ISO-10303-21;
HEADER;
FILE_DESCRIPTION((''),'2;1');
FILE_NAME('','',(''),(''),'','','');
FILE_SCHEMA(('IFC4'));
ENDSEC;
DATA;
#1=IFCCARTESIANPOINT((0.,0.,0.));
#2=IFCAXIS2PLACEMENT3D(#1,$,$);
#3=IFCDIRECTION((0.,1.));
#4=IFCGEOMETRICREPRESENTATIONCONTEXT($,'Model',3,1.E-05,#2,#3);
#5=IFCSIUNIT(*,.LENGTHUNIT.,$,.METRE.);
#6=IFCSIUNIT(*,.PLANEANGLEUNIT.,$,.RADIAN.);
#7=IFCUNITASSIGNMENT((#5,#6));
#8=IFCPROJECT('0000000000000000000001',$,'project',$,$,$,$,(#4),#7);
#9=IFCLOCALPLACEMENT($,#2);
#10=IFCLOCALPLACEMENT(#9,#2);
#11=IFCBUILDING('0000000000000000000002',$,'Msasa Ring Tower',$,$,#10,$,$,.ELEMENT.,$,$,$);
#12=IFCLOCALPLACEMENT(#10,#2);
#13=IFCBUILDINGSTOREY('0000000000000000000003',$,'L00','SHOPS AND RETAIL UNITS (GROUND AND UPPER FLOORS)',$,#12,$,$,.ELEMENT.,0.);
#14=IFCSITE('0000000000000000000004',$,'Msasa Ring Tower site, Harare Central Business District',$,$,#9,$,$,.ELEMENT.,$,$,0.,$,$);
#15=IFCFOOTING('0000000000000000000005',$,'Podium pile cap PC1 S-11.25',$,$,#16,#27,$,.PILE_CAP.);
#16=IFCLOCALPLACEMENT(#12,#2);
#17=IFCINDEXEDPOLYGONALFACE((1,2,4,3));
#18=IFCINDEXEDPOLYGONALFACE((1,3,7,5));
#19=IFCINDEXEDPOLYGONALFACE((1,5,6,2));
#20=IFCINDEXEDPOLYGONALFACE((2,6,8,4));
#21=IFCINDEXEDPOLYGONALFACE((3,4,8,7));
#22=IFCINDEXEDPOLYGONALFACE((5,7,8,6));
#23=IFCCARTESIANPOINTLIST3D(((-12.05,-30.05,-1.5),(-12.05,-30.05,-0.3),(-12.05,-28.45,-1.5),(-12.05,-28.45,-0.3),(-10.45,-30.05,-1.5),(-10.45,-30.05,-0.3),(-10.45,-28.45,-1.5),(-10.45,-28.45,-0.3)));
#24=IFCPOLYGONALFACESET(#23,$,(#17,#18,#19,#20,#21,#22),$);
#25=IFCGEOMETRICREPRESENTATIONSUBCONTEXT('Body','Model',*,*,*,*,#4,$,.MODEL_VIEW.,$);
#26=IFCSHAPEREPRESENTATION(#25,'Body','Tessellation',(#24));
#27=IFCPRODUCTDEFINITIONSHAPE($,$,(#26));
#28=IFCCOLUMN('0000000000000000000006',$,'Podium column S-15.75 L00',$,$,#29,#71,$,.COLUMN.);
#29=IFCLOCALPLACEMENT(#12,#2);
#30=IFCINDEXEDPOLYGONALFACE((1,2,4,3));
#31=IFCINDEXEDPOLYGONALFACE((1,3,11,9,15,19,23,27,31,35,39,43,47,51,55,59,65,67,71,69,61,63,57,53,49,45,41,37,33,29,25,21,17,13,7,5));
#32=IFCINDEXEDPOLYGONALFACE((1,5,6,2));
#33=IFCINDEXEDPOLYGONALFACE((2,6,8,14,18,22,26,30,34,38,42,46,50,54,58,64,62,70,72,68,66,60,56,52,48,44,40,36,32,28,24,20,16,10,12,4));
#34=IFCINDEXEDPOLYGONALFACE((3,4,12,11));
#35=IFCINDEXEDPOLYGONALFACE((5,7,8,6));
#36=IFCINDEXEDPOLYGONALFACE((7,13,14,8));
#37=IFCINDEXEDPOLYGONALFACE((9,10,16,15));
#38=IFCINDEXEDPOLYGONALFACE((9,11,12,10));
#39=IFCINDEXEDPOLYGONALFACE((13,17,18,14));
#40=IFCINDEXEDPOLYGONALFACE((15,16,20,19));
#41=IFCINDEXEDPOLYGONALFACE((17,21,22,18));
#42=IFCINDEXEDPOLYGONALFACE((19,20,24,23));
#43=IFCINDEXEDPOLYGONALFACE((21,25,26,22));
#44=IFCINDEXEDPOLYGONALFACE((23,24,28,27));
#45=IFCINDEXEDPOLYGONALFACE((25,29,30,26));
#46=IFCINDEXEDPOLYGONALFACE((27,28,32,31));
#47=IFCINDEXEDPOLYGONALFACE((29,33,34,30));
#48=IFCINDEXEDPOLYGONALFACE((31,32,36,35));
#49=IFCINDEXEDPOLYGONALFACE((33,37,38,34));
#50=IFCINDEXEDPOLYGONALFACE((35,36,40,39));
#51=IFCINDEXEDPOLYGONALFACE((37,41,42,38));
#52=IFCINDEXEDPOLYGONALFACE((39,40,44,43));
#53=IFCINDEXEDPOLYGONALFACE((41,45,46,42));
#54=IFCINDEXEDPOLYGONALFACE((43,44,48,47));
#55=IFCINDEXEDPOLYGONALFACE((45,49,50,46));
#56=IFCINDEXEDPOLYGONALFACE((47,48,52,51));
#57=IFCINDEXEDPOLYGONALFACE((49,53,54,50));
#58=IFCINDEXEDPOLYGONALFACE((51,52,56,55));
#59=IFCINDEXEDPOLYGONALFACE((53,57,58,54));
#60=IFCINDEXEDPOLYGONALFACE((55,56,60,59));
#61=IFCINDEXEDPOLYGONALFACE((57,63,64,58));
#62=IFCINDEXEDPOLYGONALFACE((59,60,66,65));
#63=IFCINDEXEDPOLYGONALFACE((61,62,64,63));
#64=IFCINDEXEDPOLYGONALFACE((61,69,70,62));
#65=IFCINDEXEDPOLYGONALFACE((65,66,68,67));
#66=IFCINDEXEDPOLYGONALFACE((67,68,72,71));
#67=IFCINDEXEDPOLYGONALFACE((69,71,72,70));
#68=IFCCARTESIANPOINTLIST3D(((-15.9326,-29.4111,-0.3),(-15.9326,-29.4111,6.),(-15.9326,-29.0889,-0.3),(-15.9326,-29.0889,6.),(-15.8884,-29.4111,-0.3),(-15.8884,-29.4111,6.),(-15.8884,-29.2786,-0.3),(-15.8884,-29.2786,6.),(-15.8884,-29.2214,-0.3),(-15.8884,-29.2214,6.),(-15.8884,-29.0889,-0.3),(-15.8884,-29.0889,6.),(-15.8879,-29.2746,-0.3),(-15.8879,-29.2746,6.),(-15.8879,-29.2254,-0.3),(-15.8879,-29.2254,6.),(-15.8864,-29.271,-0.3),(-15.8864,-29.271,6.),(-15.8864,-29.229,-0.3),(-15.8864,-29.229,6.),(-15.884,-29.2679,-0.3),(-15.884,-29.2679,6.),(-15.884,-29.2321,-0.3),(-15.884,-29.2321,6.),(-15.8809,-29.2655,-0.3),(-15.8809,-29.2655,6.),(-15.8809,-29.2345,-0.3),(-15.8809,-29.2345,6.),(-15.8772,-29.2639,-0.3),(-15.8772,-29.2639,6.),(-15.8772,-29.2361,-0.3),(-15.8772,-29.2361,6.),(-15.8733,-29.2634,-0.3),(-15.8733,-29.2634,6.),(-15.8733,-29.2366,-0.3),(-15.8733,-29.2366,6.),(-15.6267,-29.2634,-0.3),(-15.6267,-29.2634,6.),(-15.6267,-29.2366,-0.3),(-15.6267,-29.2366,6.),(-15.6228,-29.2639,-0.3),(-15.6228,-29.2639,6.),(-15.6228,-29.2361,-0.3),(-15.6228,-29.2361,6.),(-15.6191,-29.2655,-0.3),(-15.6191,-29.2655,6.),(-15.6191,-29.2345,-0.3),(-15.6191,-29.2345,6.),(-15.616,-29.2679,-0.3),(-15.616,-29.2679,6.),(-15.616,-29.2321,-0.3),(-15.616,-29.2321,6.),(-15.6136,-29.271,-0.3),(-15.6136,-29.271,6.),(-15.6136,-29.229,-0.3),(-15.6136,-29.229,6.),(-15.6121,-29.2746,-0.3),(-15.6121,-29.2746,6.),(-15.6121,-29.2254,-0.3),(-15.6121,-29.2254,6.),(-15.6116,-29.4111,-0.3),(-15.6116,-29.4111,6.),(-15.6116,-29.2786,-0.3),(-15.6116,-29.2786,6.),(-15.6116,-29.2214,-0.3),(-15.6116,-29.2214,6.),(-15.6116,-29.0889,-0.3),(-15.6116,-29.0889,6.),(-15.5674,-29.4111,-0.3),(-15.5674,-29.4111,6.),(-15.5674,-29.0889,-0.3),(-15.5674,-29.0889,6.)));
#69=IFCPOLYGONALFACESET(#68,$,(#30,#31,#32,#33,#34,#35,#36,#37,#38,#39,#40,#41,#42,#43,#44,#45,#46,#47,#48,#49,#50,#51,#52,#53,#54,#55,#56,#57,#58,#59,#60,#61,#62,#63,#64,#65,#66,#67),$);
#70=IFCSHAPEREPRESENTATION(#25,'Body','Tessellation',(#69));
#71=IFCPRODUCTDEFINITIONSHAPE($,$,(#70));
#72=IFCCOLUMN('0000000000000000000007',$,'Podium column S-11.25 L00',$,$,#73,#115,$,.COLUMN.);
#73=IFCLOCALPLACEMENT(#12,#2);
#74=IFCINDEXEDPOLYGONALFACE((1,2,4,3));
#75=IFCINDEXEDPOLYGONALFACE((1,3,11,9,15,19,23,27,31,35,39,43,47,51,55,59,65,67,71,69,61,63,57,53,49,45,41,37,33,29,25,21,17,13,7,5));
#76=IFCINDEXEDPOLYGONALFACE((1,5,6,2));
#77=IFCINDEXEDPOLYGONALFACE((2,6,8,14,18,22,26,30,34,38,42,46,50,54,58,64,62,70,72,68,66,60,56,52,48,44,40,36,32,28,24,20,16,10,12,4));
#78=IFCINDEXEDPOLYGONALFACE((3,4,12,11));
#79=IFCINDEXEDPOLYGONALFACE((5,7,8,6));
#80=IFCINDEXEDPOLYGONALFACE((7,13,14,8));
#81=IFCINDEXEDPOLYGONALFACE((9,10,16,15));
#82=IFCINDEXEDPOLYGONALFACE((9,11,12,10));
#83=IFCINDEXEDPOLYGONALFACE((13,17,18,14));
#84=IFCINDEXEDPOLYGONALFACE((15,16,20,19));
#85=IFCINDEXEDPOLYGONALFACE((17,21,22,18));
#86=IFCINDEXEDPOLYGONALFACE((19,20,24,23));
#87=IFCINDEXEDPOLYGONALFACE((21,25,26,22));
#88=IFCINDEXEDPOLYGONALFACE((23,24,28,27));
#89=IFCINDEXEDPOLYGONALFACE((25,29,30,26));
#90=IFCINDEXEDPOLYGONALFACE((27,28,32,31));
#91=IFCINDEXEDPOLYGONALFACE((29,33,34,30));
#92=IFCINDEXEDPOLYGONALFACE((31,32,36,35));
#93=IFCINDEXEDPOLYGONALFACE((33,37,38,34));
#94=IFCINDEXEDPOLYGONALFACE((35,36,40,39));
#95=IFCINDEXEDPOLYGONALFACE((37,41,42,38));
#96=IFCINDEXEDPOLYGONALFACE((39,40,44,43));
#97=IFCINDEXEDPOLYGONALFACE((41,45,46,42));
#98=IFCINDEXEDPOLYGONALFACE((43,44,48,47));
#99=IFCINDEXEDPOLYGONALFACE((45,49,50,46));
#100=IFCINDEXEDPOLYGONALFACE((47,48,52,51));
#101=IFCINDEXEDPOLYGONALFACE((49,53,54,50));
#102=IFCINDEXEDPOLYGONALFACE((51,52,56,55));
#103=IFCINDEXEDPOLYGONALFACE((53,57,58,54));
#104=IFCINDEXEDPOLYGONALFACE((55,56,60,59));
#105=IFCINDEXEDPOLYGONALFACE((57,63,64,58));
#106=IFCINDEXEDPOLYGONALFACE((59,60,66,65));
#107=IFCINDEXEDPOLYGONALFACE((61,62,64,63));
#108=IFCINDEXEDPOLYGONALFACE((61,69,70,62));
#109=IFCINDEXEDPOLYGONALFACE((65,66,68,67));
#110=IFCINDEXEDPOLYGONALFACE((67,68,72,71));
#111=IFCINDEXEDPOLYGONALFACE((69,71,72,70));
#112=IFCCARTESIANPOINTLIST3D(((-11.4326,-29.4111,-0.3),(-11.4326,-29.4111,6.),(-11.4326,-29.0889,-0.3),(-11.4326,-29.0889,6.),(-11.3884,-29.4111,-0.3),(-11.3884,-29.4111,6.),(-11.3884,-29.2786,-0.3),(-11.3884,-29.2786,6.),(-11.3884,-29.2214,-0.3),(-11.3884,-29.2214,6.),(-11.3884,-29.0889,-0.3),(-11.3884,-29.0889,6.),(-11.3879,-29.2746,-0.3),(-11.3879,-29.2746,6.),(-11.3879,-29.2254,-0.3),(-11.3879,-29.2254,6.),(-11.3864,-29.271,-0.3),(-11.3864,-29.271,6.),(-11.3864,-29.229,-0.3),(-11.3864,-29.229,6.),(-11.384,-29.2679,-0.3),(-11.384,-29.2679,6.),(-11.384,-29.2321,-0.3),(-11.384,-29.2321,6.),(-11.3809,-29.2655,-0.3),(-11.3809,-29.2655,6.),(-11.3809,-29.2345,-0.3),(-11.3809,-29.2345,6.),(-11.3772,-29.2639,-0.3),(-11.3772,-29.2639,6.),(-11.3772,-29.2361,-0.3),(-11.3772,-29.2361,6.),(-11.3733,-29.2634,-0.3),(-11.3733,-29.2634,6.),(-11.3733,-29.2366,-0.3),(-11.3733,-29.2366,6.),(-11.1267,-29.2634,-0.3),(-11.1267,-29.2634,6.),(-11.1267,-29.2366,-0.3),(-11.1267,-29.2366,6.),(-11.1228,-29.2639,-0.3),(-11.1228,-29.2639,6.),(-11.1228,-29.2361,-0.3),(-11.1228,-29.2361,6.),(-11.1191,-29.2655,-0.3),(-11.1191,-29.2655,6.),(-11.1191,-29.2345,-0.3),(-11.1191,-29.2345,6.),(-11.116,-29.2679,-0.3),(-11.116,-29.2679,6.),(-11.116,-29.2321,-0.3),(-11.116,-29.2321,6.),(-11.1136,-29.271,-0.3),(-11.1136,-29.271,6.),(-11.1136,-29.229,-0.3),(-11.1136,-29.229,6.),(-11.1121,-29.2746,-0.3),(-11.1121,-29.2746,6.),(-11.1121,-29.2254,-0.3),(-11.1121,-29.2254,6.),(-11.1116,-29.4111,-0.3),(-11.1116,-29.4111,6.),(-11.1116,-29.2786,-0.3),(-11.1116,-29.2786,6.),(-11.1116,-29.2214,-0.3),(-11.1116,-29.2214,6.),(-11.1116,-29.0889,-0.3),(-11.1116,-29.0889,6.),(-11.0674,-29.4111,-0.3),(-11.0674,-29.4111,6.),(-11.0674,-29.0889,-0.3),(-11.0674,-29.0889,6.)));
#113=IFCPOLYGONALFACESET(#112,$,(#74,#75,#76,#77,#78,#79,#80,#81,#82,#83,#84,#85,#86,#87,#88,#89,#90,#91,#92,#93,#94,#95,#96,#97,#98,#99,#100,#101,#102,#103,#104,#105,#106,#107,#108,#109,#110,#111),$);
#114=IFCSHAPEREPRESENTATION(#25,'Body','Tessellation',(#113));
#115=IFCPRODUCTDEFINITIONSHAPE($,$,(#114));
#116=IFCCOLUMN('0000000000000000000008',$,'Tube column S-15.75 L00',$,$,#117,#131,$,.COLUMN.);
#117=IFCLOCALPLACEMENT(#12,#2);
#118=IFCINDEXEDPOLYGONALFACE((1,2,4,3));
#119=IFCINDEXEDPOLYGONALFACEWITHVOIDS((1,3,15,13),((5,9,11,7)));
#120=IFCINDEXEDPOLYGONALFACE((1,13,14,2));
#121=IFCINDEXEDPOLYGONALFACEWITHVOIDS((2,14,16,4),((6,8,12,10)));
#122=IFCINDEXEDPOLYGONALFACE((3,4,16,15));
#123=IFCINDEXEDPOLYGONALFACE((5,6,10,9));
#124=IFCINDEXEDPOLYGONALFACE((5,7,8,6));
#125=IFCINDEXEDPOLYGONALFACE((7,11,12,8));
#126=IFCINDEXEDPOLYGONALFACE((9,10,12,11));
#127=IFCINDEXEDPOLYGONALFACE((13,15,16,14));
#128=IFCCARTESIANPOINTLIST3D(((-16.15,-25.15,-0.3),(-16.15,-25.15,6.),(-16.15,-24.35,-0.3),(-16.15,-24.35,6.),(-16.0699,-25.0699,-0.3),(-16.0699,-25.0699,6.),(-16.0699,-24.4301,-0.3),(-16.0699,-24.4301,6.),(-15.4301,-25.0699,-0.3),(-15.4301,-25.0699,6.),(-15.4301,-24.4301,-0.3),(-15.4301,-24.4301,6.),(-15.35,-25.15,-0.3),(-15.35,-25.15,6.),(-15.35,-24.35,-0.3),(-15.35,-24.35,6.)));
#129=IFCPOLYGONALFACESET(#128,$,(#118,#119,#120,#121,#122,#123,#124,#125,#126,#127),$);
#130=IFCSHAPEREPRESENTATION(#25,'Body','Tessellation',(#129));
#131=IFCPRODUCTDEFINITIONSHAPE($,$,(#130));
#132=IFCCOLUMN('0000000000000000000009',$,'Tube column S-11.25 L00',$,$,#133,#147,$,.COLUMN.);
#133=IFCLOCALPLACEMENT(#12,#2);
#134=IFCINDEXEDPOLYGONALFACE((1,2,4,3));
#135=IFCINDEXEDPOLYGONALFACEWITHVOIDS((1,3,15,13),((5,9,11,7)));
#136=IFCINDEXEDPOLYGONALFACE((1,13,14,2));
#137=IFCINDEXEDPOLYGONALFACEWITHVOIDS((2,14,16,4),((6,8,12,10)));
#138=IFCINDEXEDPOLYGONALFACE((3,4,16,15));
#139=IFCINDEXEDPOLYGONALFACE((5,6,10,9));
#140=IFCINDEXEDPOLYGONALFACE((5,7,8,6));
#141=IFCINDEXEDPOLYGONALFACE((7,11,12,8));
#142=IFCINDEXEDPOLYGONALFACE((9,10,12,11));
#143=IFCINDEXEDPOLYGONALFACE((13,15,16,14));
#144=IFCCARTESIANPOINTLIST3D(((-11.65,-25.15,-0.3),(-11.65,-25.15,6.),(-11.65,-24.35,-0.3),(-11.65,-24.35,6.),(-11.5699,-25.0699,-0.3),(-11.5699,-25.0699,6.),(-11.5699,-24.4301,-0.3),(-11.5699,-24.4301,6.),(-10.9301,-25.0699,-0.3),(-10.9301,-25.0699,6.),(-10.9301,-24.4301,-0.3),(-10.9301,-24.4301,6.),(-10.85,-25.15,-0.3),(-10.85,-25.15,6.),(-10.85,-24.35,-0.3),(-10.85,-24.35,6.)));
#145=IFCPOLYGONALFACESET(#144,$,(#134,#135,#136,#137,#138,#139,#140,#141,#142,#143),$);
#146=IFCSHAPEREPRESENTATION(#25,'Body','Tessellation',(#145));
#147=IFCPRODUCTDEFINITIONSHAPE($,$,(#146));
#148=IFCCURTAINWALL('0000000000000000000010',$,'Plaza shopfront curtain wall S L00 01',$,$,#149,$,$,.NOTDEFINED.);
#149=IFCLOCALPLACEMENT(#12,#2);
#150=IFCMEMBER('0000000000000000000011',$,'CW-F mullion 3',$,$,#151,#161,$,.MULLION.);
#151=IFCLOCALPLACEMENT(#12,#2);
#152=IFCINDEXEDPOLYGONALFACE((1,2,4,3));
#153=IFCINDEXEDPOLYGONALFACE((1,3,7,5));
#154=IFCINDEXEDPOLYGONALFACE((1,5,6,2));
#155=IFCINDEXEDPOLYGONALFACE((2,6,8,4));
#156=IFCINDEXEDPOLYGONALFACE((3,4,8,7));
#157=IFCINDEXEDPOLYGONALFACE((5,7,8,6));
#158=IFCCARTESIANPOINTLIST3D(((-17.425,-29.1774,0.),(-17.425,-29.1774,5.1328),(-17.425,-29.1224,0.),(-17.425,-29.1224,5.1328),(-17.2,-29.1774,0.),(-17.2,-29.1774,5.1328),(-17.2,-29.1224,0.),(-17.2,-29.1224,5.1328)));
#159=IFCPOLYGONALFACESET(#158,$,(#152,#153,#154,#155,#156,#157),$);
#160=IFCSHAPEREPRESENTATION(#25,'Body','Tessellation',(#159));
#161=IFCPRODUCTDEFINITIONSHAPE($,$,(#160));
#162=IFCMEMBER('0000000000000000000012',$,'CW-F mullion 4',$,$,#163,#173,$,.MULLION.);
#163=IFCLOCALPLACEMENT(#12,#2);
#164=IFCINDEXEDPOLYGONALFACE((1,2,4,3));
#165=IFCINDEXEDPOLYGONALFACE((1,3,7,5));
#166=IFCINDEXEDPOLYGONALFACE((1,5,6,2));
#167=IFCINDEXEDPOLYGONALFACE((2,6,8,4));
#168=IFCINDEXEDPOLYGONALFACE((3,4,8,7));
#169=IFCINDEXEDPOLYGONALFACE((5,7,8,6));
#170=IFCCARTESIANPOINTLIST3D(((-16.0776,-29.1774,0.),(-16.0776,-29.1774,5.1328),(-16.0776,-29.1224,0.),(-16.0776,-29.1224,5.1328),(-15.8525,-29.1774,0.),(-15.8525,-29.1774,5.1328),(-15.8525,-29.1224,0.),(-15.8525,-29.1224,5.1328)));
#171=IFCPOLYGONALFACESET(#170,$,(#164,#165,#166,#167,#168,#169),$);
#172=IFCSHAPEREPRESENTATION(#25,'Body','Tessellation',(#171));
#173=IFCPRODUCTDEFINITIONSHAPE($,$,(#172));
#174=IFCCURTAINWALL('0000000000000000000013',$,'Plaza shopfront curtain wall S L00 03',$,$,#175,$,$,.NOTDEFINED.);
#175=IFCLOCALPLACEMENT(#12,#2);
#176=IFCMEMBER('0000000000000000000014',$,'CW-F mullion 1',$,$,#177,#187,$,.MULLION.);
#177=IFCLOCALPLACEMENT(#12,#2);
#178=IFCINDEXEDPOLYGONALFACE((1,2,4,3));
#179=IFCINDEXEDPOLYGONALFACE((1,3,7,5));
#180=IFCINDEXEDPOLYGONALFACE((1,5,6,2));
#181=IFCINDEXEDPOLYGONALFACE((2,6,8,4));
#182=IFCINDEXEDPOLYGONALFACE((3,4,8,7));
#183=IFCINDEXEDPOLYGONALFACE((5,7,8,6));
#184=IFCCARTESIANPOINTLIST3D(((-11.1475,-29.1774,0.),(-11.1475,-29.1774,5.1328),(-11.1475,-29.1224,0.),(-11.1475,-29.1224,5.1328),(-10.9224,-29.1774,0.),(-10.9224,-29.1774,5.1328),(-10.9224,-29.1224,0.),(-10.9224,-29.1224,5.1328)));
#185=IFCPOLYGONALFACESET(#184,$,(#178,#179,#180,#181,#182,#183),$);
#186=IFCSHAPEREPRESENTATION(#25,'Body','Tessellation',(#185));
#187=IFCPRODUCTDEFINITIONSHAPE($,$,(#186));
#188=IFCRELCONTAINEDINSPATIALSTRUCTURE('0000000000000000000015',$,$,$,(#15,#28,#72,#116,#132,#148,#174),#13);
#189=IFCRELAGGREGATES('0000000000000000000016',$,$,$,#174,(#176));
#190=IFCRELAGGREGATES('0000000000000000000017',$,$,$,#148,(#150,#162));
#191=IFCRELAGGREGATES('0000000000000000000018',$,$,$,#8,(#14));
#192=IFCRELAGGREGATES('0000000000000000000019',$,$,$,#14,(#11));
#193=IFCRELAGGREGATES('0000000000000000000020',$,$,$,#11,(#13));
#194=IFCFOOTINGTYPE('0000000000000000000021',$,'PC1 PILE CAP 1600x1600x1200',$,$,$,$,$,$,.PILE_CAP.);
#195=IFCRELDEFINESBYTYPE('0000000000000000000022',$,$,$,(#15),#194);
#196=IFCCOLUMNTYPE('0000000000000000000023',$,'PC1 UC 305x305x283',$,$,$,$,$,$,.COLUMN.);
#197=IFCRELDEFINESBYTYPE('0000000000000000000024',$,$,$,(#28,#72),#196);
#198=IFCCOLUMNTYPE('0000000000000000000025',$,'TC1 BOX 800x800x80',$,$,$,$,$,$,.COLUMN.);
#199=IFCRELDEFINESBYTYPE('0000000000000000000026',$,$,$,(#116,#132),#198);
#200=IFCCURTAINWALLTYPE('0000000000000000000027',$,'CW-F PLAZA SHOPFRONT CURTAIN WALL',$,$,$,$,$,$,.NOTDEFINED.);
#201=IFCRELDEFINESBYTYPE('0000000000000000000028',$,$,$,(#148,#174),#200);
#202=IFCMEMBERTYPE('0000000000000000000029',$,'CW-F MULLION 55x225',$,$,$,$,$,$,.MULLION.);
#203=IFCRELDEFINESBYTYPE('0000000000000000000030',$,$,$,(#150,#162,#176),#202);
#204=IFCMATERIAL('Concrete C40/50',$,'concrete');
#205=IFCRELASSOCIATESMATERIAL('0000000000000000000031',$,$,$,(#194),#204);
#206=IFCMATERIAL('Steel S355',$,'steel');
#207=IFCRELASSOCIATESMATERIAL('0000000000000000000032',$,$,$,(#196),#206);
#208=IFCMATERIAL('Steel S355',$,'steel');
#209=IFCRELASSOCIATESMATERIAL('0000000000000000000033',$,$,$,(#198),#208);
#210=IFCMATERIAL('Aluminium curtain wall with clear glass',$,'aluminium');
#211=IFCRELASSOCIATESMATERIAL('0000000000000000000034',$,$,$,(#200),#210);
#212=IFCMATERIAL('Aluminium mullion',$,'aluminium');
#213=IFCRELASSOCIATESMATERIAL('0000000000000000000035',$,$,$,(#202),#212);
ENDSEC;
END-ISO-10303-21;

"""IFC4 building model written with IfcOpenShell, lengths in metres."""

from ifc_helpers import new_model, si_unit, direction, frame, origin, origin_2d, place, context, subcontext, project, spatial, rectangle, hollow_rectangle, i_section, extrude, material, material_profile, profile_set, type_object, element, aggregate, save


model = new_model("IFC4")

# Units and contexts
model_context = context("Model", 3, precision=1e-05, world=origin(), true_north=direction((0.0, 1.0)))
body_context = subcontext(model_context, "Body", "Model", "MODEL_VIEW")
ifc_project = project(units=[si_unit("LENGTHUNIT", "METRE"), si_unit("PLANEANGLEUNIT", "RADIAN")], contexts=[model_context])

# Site, building, storey
site_placement = place(None, origin())
site = spatial("IfcSite", under=ifc_project, at=site_placement, Name="Msasa Ring Tower site, Harare Central Business District", CompositionType="ELEMENT", RefElevation=0.0)
building_placement = place(site_placement, origin())
building = spatial("IfcBuilding", under=site, at=building_placement, Name="Msasa Ring Tower", CompositionType="ELEMENT")
storey_placement = place(building_placement, origin())
storey = spatial("IfcBuildingStorey", under=building, at=storey_placement, Name="L00", Description="SHOPS AND RETAIL UNITS (GROUND AND UPPER FLOORS)", CompositionType="ELEMENT", Elevation=0.0)

# Footing
ifc_material_1 = material(Name="Concrete C40/50", Category="concrete")
footing_type = type_object("IfcFootingType", Name="PC1 PILE CAP 1600x1600x1200", PredefinedType="PILE_CAP", material=ifc_material_1)
for number, where, z_axis, x_axis, name in (
    (1, (-11.25, -29.25, -1.5), (0.0, 0.0, 1.0), (1.0, 0.0, 0.0), "Podium pile cap PC1 S-11.25"),
):
    element("IfcFooting", number, at=place(storey_placement, frame(where, z_axis=z_axis, x_axis=x_axis)), inside=storey, type_object=footing_type, Name=name, PredefinedType="PILE_CAP", context=body_context, shape_type="SweptSolid", body=[
        extrude(rectangle(XDim=1.6001, YDim=1.6001, at=origin_2d()), origin(), (0.0, 0.0, 1.0), 1.2),
    ])

# Columns
ifc_material_2 = material(Name="Steel S355", Category="steel")
ifc_material_profile_1 = material_profile(ifc_material_2, i_section(OverallWidth=0.3223, OverallDepth=0.3652, WebThickness=0.0269, FlangeThickness=0.0442, FilletRadius=0.0151, at=origin_2d()), Name="UC 305x305x283")
ifc_profile_set_1 = profile_set([ifc_material_profile_1], Name="Steel S355")
column_type_1 = type_object("IfcColumnType", Name="PC1 UC 305x305x283", PredefinedType="COLUMN", material=ifc_profile_set_1)
for number, where, z_axis, x_axis, name in (
    (2, (-15.75, -29.25, -0.3), (0.0, 0.0, 1.0), (0.0, 1.0, 0.0), "Podium column S-15.75 L00"),
    (3, (-11.25, -29.25, -0.3), (0.0, 0.0, 1.0), (0.0, 1.0, 0.0), "Podium column S-11.25 L00"),
):
    element("IfcColumn", number, at=place(storey_placement, frame(where, z_axis=z_axis, x_axis=x_axis)), inside=storey, type_object=column_type_1, Name=name, PredefinedType="COLUMN", context=body_context, shape_type="SweptSolid", body=[
        extrude(i_section(OverallWidth=0.3223, OverallDepth=0.3652, WebThickness=0.0269, FlangeThickness=0.0442, FilletRadius=0.0151, at=origin_2d()), origin(), (0.0, 0.0, 1.0), 6.3),
    ])
ifc_material_3 = material(Name="Steel S355", Category="steel")
ifc_material_profile_2 = material_profile(ifc_material_3, hollow_rectangle(XDim=0.8, YDim=0.8, WallThickness=0.0801, at=origin_2d()), Name="BOX 800x800x80")
ifc_profile_set_2 = profile_set([ifc_material_profile_2], Name="Steel S355")
column_type_2 = type_object("IfcColumnType", Name="TC1 BOX 800x800x80", PredefinedType="COLUMN", material=ifc_profile_set_2)
for number, where, z_axis, x_axis, name in (
    (4, (-15.75, -24.75, -0.3), (0.0, 0.0, 1.0), (0.0, 1.0, 0.0), "Tube column S-15.75 L00"),
    (5, (-11.25, -24.75, -0.3), (0.0, 0.0, 1.0), (0.0, 1.0, 0.0), "Tube column S-11.25 L00"),
):
    element("IfcColumn", number, at=place(storey_placement, frame(where, z_axis=z_axis, x_axis=x_axis)), inside=storey, type_object=column_type_2, Name=name, PredefinedType="COLUMN", context=body_context, shape_type="SweptSolid", body=[
        extrude(hollow_rectangle(XDim=0.8, YDim=0.8, WallThickness=0.0801, at=origin_2d()), origin(), (0.0, 0.0, 1.0), 6.3),
    ])

# Curtain wall, members
ifc_material_4 = material(Name="Aluminium curtain wall with clear glass", Category="aluminium")
curtain_wall_type = type_object("IfcCurtainWallType", Name="CW-F PLAZA SHOPFRONT CURTAIN WALL", PredefinedType="NOTDEFINED", material=ifc_material_4)
curtain_wall_1_placement = place(storey_placement, origin())
curtain_wall_1 = element("IfcCurtainWall", 6, at=curtain_wall_1_placement, inside=storey, type_object=curtain_wall_type, Name="Plaza shopfront curtain wall S L00 01", PredefinedType="NOTDEFINED")
ifc_material_5 = material(Name="Aluminium mullion", Category="aluminium")
ifc_material_profile_3 = material_profile(ifc_material_5, rectangle(XDim=0.0549, YDim=0.2251, at=origin_2d()), Name="AL 55x225")
ifc_profile_set_3 = profile_set([ifc_material_profile_3], Name="Aluminium mullion")
member_type_1 = type_object("IfcMemberType", Name="CW-F MULLION 55x225", PredefinedType="MULLION", material=ifc_profile_set_3)
member_1_placement = place(storey_placement, frame((-17.3125, -29.1499, 0.0), z_axis=(0.0, 0.0, 1.0), x_axis=(0.0, 1.0, 0.0)))
member_1 = element("IfcMember", 7, at=member_1_placement, type_object=member_type_1, Name="CW-F mullion 3", PredefinedType="MULLION", context=body_context, shape_type="SweptSolid", body=[
    extrude(rectangle(XDim=0.0549, YDim=0.2251, at=origin_2d()), origin(), (0.0, 0.0, 1.0), 5.1328),
])
member_2_placement = place(storey_placement, frame((-15.9651, -29.1499, 0.0), z_axis=(0.0, 0.0, 1.0), x_axis=(0.0, 1.0, 0.0)))
member_2 = element("IfcMember", 8, at=member_2_placement, type_object=member_type_1, Name="CW-F mullion 4", PredefinedType="MULLION", context=body_context, shape_type="SweptSolid", body=[
    extrude(rectangle(XDim=0.0549, YDim=0.2251, at=origin_2d()), origin(), (0.0, 0.0, 1.0), 5.1328),
])

# Curtain wall, member
curtain_wall_2_placement = place(storey_placement, origin())
curtain_wall_2 = element("IfcCurtainWall", 9, at=curtain_wall_2_placement, inside=storey, type_object=curtain_wall_type, Name="Plaza shopfront curtain wall S L00 03", PredefinedType="NOTDEFINED")
member_3_placement = place(storey_placement, frame((-11.0349, -29.1499, 0.0), z_axis=(0.0, 0.0, 1.0), x_axis=(0.0, 1.0, 0.0)))
member_3 = element("IfcMember", 10, at=member_3_placement, type_object=member_type_1, Name="CW-F mullion 1", PredefinedType="MULLION", context=body_context, shape_type="SweptSolid", body=[
    extrude(rectangle(XDim=0.0549, YDim=0.2251, at=origin_2d()), origin(), (0.0, 0.0, 1.0), 5.1328),
])

aggregate(curtain_wall_2, [member_3])

aggregate(curtain_wall_1, [member_1, member_2])

save(model, "model.ifc")
